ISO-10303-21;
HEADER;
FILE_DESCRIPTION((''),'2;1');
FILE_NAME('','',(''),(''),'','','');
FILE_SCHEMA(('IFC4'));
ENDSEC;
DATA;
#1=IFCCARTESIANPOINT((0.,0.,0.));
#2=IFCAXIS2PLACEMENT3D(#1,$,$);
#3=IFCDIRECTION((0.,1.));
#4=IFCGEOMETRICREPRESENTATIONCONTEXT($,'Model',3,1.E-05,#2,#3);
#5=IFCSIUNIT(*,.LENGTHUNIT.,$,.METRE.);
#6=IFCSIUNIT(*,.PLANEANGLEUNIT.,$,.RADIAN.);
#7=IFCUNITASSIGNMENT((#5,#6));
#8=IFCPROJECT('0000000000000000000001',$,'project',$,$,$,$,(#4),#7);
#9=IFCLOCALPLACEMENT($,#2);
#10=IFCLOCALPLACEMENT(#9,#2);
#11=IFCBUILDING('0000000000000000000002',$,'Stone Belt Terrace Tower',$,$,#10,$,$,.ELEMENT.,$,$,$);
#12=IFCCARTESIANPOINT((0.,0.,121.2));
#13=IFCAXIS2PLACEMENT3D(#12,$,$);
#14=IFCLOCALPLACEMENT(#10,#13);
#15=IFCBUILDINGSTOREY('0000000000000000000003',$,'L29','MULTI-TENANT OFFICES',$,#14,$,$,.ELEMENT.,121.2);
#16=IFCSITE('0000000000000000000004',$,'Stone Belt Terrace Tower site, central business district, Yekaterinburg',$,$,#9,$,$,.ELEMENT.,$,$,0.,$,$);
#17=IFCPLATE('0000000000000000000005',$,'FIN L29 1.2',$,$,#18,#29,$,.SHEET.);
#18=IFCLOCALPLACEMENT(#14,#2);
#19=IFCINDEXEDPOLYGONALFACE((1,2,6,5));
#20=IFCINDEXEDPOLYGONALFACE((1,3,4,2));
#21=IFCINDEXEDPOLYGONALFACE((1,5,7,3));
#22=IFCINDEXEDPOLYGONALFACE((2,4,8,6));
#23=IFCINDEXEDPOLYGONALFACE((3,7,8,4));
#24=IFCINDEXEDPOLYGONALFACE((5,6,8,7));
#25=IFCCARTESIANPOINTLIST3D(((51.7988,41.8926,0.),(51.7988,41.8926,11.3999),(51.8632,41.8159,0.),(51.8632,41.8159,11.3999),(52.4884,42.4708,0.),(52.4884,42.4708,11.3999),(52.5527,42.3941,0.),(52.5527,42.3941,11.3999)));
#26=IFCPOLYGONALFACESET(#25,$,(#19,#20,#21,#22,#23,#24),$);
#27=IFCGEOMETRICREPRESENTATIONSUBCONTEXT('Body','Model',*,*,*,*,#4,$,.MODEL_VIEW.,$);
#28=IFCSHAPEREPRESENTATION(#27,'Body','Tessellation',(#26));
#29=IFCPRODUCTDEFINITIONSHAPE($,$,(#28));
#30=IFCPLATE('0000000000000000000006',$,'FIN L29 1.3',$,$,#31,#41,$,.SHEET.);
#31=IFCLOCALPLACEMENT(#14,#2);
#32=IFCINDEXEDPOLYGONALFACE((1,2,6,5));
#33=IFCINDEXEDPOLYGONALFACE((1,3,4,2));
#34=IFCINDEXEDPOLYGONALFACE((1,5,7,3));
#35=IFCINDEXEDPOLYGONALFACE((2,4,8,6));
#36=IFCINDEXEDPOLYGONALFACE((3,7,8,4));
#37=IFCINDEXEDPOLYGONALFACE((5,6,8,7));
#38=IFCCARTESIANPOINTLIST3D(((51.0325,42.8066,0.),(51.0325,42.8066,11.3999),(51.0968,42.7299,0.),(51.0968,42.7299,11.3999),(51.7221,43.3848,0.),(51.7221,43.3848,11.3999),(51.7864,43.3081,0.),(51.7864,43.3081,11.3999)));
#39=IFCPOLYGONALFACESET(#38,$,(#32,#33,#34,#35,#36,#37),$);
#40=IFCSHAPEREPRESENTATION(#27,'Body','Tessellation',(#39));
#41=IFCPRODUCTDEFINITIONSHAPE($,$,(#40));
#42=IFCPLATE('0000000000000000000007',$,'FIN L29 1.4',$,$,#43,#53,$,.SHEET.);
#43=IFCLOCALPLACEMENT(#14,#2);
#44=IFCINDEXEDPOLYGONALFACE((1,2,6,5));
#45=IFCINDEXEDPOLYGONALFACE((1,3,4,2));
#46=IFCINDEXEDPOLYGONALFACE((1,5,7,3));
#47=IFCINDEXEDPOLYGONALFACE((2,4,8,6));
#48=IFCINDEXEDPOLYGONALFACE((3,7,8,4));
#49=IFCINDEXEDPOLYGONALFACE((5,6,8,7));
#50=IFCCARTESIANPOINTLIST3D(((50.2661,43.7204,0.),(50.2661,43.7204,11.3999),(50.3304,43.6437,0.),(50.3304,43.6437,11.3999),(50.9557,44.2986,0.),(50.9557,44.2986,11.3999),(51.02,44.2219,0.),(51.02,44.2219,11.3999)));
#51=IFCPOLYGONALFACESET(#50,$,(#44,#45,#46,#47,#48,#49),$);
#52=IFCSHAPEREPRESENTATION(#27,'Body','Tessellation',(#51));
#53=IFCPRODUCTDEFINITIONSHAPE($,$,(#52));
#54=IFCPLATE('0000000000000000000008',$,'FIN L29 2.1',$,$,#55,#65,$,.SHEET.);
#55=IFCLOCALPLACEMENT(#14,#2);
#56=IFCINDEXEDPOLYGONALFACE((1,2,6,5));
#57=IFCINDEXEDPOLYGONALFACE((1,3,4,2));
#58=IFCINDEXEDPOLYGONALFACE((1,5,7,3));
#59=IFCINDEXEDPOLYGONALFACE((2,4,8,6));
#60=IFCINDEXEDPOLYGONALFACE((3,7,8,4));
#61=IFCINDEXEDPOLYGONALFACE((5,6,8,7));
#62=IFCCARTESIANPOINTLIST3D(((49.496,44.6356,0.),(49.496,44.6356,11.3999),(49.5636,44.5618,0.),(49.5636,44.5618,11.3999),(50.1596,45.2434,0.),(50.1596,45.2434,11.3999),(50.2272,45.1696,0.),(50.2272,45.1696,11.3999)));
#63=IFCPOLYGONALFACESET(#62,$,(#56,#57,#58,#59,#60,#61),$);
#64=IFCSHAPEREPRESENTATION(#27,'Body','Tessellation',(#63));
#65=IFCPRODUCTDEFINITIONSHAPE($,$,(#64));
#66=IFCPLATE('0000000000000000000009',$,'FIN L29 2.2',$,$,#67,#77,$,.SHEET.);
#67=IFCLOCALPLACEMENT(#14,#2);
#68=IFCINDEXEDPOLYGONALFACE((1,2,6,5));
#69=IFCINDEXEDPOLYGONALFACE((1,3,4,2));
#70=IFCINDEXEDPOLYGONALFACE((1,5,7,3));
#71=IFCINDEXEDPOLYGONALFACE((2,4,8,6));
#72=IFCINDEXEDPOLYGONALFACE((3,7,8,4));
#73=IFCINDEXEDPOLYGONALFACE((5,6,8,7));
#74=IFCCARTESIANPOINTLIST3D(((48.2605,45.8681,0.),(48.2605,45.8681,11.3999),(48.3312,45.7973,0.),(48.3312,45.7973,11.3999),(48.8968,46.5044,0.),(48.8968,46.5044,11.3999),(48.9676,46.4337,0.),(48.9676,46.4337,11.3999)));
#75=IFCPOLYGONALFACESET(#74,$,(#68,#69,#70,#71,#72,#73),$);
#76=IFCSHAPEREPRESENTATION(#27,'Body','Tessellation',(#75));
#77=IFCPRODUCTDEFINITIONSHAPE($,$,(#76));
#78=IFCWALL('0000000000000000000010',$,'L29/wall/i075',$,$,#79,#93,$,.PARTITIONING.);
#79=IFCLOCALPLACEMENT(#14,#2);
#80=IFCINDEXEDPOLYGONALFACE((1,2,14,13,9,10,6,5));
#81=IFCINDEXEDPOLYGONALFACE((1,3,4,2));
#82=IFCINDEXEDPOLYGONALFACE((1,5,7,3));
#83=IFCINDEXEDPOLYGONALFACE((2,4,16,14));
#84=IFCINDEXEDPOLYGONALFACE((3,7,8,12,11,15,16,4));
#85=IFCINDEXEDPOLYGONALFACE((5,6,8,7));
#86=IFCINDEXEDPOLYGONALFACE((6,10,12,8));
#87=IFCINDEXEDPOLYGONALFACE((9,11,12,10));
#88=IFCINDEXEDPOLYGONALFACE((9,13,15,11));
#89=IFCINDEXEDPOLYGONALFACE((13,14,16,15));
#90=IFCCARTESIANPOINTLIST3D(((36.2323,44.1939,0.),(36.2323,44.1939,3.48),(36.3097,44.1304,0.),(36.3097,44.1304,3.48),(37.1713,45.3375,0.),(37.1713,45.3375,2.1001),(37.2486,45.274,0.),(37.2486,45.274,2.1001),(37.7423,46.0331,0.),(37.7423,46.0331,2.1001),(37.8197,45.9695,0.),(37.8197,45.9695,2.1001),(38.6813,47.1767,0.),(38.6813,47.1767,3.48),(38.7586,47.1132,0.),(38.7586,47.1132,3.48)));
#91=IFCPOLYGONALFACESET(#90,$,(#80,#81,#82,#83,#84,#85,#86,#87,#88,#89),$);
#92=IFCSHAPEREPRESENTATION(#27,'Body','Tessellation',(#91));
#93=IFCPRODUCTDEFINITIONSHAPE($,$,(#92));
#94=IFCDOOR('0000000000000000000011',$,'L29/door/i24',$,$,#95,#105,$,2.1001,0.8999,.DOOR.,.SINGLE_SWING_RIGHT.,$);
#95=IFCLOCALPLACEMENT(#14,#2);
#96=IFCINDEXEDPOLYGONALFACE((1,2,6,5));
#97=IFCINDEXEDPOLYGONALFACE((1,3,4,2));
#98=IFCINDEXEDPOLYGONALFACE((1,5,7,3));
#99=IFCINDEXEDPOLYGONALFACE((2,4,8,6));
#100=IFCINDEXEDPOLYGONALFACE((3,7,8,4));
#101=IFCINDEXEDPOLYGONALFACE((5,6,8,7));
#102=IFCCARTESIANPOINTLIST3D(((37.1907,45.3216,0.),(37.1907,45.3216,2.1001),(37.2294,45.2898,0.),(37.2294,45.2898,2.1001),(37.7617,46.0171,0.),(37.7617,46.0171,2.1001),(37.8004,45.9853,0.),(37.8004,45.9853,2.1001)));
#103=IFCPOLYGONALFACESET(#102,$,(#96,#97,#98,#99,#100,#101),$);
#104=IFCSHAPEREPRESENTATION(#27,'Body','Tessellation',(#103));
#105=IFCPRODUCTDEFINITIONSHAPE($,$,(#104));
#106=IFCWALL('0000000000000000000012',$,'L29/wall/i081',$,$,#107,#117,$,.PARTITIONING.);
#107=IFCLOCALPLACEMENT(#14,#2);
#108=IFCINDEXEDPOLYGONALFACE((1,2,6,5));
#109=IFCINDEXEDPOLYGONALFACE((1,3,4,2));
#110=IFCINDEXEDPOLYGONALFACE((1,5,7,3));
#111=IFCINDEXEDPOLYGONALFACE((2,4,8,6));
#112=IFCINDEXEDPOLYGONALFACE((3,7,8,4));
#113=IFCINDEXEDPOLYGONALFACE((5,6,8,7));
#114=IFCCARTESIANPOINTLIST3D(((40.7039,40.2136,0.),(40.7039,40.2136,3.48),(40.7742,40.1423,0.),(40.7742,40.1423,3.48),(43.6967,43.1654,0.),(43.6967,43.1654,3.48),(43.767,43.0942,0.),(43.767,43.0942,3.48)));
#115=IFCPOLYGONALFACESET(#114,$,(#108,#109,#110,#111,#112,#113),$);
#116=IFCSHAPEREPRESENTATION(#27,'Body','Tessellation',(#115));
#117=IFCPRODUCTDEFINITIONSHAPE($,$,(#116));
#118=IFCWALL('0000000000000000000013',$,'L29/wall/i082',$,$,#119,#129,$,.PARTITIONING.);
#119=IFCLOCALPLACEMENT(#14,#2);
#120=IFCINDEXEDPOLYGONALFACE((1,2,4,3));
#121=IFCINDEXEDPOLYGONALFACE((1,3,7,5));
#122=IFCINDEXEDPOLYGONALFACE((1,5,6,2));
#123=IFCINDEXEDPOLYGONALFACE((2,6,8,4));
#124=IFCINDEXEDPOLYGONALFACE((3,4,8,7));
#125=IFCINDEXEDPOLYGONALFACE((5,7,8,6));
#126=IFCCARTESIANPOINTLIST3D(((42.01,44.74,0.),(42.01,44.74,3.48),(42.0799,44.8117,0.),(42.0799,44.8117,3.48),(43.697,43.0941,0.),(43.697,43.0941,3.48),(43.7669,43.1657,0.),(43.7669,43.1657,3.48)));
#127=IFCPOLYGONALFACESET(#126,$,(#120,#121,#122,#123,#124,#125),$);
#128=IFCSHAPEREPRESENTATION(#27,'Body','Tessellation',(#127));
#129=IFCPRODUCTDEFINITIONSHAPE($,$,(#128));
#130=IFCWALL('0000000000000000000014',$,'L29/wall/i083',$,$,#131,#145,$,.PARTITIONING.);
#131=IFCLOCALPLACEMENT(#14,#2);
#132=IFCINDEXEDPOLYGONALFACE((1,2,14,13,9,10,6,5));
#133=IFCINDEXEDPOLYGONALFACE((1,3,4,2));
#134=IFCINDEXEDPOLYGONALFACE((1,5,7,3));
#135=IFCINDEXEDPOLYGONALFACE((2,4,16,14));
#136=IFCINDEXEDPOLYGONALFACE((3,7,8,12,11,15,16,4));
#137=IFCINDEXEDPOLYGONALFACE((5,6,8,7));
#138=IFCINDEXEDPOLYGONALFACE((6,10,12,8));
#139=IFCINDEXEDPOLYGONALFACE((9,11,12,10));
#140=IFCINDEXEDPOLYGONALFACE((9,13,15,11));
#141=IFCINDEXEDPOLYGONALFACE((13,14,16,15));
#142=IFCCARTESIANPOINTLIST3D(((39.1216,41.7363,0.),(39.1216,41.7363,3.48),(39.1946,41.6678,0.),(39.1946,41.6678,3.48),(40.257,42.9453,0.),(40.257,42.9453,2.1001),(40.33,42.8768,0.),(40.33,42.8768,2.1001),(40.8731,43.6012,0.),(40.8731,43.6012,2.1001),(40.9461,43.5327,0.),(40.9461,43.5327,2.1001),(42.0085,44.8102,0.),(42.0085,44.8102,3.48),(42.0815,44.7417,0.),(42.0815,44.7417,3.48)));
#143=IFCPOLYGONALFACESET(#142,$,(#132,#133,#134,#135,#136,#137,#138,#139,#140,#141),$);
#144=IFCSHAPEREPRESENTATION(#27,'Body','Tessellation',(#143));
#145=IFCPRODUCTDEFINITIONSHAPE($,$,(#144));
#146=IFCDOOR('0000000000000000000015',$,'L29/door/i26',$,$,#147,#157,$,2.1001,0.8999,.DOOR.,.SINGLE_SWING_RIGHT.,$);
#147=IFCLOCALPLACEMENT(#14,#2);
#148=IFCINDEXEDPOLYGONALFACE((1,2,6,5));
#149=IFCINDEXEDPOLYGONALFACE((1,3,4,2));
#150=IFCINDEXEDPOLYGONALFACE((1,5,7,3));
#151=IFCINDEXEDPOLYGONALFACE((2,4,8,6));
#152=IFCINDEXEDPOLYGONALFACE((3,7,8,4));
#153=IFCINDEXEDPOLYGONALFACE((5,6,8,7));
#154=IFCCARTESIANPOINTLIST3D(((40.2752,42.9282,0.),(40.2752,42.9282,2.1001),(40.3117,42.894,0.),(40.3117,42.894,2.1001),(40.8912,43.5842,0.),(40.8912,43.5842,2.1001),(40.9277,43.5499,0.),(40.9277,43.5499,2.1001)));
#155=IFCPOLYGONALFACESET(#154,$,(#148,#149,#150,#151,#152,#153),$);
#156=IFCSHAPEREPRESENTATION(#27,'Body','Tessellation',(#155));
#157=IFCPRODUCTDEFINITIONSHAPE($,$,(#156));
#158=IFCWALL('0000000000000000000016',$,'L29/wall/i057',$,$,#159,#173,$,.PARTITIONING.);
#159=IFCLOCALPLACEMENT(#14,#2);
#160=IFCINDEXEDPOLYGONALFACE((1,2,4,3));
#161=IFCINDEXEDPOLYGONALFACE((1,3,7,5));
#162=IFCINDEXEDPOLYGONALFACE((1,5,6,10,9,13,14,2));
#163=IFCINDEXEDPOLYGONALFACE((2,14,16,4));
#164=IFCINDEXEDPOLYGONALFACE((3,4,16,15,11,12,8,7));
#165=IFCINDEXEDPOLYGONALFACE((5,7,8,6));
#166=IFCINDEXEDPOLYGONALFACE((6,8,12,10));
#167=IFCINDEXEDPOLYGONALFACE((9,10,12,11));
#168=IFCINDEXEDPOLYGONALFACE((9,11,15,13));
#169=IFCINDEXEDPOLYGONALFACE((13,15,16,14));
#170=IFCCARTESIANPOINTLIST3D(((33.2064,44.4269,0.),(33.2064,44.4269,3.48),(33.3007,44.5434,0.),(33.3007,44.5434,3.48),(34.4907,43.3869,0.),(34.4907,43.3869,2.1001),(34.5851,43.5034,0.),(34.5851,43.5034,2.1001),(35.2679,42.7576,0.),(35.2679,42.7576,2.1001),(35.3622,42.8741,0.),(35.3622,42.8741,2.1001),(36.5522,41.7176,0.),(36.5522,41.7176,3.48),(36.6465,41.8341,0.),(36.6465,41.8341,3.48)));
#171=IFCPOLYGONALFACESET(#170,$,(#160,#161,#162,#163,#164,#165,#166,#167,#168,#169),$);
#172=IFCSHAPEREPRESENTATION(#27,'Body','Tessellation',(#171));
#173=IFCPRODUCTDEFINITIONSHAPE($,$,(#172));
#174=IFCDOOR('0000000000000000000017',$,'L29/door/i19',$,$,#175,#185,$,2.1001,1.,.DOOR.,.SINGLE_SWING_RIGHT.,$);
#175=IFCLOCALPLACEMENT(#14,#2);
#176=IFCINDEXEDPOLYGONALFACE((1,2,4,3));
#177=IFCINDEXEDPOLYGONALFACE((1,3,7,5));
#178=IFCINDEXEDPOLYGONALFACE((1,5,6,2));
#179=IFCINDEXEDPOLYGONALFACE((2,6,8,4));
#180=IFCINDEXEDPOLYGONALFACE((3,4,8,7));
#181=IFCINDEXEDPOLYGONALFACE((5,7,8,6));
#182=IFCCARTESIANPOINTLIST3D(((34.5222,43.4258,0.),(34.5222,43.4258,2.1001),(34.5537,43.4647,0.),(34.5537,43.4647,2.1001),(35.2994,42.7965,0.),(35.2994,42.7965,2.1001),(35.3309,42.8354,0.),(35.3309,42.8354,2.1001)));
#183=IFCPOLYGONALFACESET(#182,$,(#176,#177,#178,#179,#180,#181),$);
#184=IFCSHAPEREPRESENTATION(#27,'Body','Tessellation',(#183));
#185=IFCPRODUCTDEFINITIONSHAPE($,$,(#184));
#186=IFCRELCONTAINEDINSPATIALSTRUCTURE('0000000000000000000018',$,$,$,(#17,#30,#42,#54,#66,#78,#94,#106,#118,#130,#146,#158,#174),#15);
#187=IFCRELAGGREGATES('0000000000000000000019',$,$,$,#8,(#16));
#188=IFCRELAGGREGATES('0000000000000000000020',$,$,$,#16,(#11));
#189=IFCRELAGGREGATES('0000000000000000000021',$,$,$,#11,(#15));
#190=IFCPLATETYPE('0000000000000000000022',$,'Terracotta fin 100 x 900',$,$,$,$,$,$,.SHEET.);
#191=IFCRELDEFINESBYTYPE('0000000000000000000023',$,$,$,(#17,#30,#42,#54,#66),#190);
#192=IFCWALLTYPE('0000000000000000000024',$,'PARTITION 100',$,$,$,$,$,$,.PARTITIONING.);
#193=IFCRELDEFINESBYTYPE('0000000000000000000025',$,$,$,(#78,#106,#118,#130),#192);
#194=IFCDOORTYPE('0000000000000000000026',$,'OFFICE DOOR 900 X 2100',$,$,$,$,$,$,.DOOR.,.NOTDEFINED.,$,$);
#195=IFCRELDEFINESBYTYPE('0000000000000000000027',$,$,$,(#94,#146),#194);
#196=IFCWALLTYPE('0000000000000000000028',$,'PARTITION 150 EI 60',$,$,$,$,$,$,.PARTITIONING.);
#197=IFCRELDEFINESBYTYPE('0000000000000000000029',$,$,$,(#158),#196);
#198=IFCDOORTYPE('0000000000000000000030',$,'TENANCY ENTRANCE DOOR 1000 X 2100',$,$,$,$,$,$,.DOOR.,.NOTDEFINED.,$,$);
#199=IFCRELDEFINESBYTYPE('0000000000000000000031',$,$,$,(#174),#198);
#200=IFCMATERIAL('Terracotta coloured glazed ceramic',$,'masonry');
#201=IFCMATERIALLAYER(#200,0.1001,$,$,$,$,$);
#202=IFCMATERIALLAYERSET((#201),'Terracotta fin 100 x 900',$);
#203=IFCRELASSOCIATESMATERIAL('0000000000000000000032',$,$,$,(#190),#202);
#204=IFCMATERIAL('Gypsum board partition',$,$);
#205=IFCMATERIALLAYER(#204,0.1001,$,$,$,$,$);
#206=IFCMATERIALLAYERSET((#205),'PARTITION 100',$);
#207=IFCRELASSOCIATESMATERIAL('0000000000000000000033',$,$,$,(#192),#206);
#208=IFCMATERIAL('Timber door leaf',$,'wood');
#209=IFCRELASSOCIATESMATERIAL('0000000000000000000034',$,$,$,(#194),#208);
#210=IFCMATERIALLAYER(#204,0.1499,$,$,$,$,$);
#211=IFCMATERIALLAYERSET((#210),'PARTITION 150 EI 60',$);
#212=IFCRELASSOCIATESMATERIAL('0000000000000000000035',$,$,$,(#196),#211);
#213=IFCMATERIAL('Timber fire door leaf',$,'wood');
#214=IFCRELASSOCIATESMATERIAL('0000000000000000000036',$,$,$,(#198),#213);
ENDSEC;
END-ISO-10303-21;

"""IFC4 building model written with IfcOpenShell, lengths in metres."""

from ifc_helpers import new_model, si_unit, direction, frame, frame_2d, origin, origin_2d, place, context, subcontext, project, spatial, rectangle, extrude, material, layer, layer_set, type_object, element, fill, save


model = new_model("IFC4")

# Units and contexts
model_context = context("Model", 3, precision=1e-05, world=origin(), true_north=direction((0.0, 1.0)))
body_context = subcontext(model_context, "Body", "Model", "MODEL_VIEW")
ifc_project = project(units=[si_unit("LENGTHUNIT", "METRE"), si_unit("PLANEANGLEUNIT", "RADIAN")], contexts=[model_context])

# Site, building, storey
site_placement = place(None, origin())
site = spatial("IfcSite", under=ifc_project, at=site_placement, Name="Stone Belt Terrace Tower site, central business district, Yekaterinburg", CompositionType="ELEMENT", RefElevation=0.0)
building_placement = place(site_placement, origin())
building = spatial("IfcBuilding", under=site, at=building_placement, Name="Stone Belt Terrace Tower", CompositionType="ELEMENT")
storey_placement = place(building_placement, frame((0.0, 0.0, 121.2)))
storey = spatial("IfcBuildingStorey", under=building, at=storey_placement, Name="L29", Description="MULTI-TENANT OFFICES", CompositionType="ELEMENT", Elevation=121.2)

# Plates
ifc_material_1 = material(Name="Terracotta coloured glazed ceramic", Category="masonry")
ifc_layer_1 = layer(ifc_material_1, 0.1001)
ifc_layer_set_1 = layer_set([ifc_layer_1], Name="Terracotta fin 100 x 900")
plate_type_1 = type_object("IfcPlateType", Name="Terracotta fin 100 x 900", PredefinedType="SHEET", material=ifc_layer_set_1)
for number, where, z_axis, x_axis, name in (
    (1, (52.1758, 42.1433, 0.0), (0.0, 0.0, 1.0), (0.766278, 0.642509, 0.0), "FIN L29 1.2"),
    (2, (51.4094, 43.0574, 0.0), (0.0, 0.0, 1.0), (0.766278, 0.642509, 0.0), "FIN L29 1.3"),
    (3, (50.6431, 43.9712, 0.0), (0.0, 0.0, 1.0), (0.766278, 0.642509, 0.0), "FIN L29 1.4"),
    (4, (49.8616, 44.9026, 0.0), (0.0, 0.0, 1.0), (0.7374, 0.675456, 0.0), "FIN L29 2.1"),
    (5, (48.614, 46.1509, 0.0), (0.0, 0.0, 1.0), (0.707107, 0.707107, 0.0), "FIN L29 2.2"),
):
    element("IfcPlate", number, at=place(storey_placement, frame(where, z_axis=z_axis, x_axis=x_axis)), inside=storey, type_object=plate_type_1, Name=name, PredefinedType="SHEET", context=body_context, shape_type="SweptSolid", body=[
        extrude(rectangle(XDim=0.8999, YDim=0.1001, at=origin_2d()), origin(), (0.0, 0.0, 1.0), 11.3999),
    ])

# Wall, opening, door
ifc_material_2 = material(Name="Gypsum board partition")
ifc_layer_2 = layer(ifc_material_2, 0.1001)
ifc_layer_set_2 = layer_set([ifc_layer_2], Name="PARTITION 100")
wall_type_1 = type_object("IfcWallType", Name="PARTITION 100", PredefinedType="PARTITIONING", material=ifc_layer_set_2)
wall_1_placement = place(storey_placement, frame((36.271, 44.1621, 0.0), z_axis=(0.0, 0.0, 1.0), x_axis=(0.634542, 0.772888, 0.0)))
wall_1 = element("IfcWall", 6, at=wall_1_placement, inside=storey, type_object=wall_type_1, Name="L29/wall/i075", PredefinedType="PARTITIONING", context=body_context, shape_type="SweptSolid", body=[
    extrude(rectangle(XDim=3.8594, YDim=0.1001, at=frame_2d((1.9297, 0.0))), origin(), (0.0, 0.0, 1.0), 3.48),
])
opening_1_placement = place(wall_1_placement, frame((1.4797, 0.0, 0.0)))
opening_1 = element("IfcOpeningElement", 7, at=opening_1_placement, cuts=wall_1, PredefinedType="OPENING", context=body_context, shape_type="SweptSolid", body=[
    extrude(rectangle(XDim=0.8999, YDim=2.1001, at=frame_2d((0.45, 1.05))), frame((0.0, 0.0601, 0.0), z_axis=(0.0, -1.0, 0.0), x_axis=(1.0, 0.0, 0.0)), (0.0, 0.0, 1.0), 0.1201),
])
ifc_material_3 = material(Name="Timber door leaf", Category="wood")
door_type_1 = type_object("IfcDoorType", Name="OFFICE DOOR 900 X 2100", OperationType="NOTDEFINED", PredefinedType="DOOR", material=ifc_material_3)
door_1_placement = place(opening_1_placement, origin())
door_1 = element("IfcDoor", 8, at=door_1_placement, inside=storey, type_object=door_type_1, Name="L29/door/i24", OperationType="SINGLE_SWING_RIGHT", OverallHeight=2.1001, OverallWidth=0.8999, PredefinedType="DOOR", context=body_context, shape_type="SweptSolid", body=[
    extrude(rectangle(XDim=0.8999, YDim=2.1001, at=frame_2d((0.45, 1.05))), frame((0.0, 0.0249, 0.0), z_axis=(0.0, -1.0, 0.0), x_axis=(1.0, 0.0, 0.0)), (0.0, 0.0, 1.0), 0.05),
])
fill(opening_1, door_1)

# Walls
wall_2_placement = place(storey_placement, frame((40.739, 40.178, 0.0), z_axis=(0.0, 0.0, 1.0), x_axis=(0.711968, 0.702211, 0.0)))
element("IfcWall", 9, at=wall_2_placement, inside=storey, type_object=wall_type_1, Name="L29/wall/i081", PredefinedType="PARTITIONING", context=body_context, shape_type="SweptSolid", body=[
    extrude(rectangle(XDim=4.2036, YDim=0.1001, at=frame_2d((2.1018, 0.0))), origin(), (0.0, 0.0, 1.0), 3.48),
])
wall_3_placement = place(storey_placement, frame((43.7319, 43.1299, 0.0), z_axis=(0.0, 0.0, 1.0), x_axis=(-0.715754, 0.698352, 0.0)))
element("IfcWall", 10, at=wall_3_placement, inside=storey, type_object=wall_type_1, Name="L29/wall/i082", PredefinedType="PARTITIONING", context=body_context, shape_type="SweptSolid", body=[
    extrude(rectangle(XDim=2.3569, YDim=0.1001, at=frame_2d((1.1785, 0.0))), origin(), (0.0, 0.0, 1.0), 3.48),
])

# Walls, openings, doors
wall_4_placement = place(storey_placement, frame((42.0449, 44.7759, 0.0), z_axis=(0.0, 0.0, 1.0), x_axis=(-0.684586, -0.728932, 0.0)))
wall_4 = element("IfcWall", 11, at=wall_4_placement, inside=storey, type_object=wall_type_1, Name="L29/wall/i083", PredefinedType="PARTITIONING", context=body_context, shape_type="SweptSolid", body=[
    extrude(rectangle(XDim=4.217, YDim=0.1001, at=frame_2d((2.1084, 0.0))), origin(), (0.0, 0.0, 1.0), 3.48),
])
opening_2_placement = place(wall_4_placement, frame((1.6584, 0.0, 0.0)))
opening_2 = element("IfcOpeningElement", 12, at=opening_2_placement, cuts=wall_4, PredefinedType="OPENING", context=body_context, shape_type="SweptSolid", body=[
    extrude(rectangle(XDim=0.8999, YDim=2.1001, at=frame_2d((0.45, 1.05))), frame((0.0, 0.0601, 0.0), z_axis=(0.0, -1.0, 0.0), x_axis=(1.0, 0.0, 0.0)), (0.0, 0.0, 1.0), 0.1201),
])
door_2_placement = place(opening_2_placement, origin())
door_2 = element("IfcDoor", 13, at=door_2_placement, inside=storey, type_object=door_type_1, Name="L29/door/i26", OperationType="SINGLE_SWING_RIGHT", OverallHeight=2.1001, OverallWidth=0.8999, PredefinedType="DOOR", context=body_context, shape_type="SweptSolid", body=[
    extrude(rectangle(XDim=0.8999, YDim=2.1001, at=frame_2d((0.45, 1.05))), frame((0.0, 0.0249, 0.0), z_axis=(0.0, -1.0, 0.0), x_axis=(1.0, 0.0, 0.0)), (0.0, 0.0, 1.0), 0.05),
])
fill(opening_2, door_2)
ifc_layer_3 = layer(ifc_material_2, 0.1499)
ifc_layer_set_3 = layer_set([ifc_layer_3], Name="PARTITION 150 EI 60")
wall_type_2 = type_object("IfcWallType", Name="PARTITION 150 EI 60", PredefinedType="PARTITIONING", material=ifc_layer_set_3)
wall_5_placement = place(storey_placement, frame((36.5994, 41.7759, 0.0), z_axis=(0.0, 0.0, 1.0), x_axis=(-0.777154, 0.629311, 0.0)))
wall_5 = element("IfcWall", 14, at=wall_5_placement, inside=storey, type_object=wall_type_2, Name="L29/wall/i057", PredefinedType="PARTITIONING", context=body_context, shape_type="SweptSolid", body=[
    extrude(rectangle(XDim=4.3052, YDim=0.1499, at=frame_2d((2.1526, 0.0))), origin(), (0.0, 0.0, 1.0), 3.48),
])
opening_3_placement = place(wall_5_placement, frame((1.6526, 0.0, 0.0)))
opening_3 = element("IfcOpeningElement", 15, at=opening_3_placement, cuts=wall_5, PredefinedType="OPENING", context=body_context, shape_type="SweptSolid", body=[
    extrude(rectangle(XDim=1.0, YDim=2.1001, at=frame_2d((0.5, 1.05))), frame((0.0, 0.085, 0.0), z_axis=(0.0, -1.0, 0.0), x_axis=(1.0, 0.0, 0.0)), (0.0, 0.0, 1.0), 0.1699),
])
ifc_material_4 = material(Name="Timber fire door leaf", Category="wood")
door_type_2 = type_object("IfcDoorType", Name="TENANCY ENTRANCE DOOR 1000 X 2100", OperationType="NOTDEFINED", PredefinedType="DOOR", material=ifc_material_4)
door_3_placement = place(opening_3_placement, origin())
door_3 = element("IfcDoor", 16, at=door_3_placement, inside=storey, type_object=door_type_2, Name="L29/door/i19", OperationType="SINGLE_SWING_RIGHT", OverallHeight=2.1001, OverallWidth=1.0, PredefinedType="DOOR", context=body_context, shape_type="SweptSolid", body=[
    extrude(rectangle(XDim=1.0, YDim=2.1001, at=frame_2d((0.5, 1.05))), frame((0.0, 0.0249, 0.0), z_axis=(0.0, -1.0, 0.0), x_axis=(1.0, 0.0, 0.0)), (0.0, 0.0, 1.0), 0.05),
])
fill(opening_3, door_3)

save(model, "model.ifc")
